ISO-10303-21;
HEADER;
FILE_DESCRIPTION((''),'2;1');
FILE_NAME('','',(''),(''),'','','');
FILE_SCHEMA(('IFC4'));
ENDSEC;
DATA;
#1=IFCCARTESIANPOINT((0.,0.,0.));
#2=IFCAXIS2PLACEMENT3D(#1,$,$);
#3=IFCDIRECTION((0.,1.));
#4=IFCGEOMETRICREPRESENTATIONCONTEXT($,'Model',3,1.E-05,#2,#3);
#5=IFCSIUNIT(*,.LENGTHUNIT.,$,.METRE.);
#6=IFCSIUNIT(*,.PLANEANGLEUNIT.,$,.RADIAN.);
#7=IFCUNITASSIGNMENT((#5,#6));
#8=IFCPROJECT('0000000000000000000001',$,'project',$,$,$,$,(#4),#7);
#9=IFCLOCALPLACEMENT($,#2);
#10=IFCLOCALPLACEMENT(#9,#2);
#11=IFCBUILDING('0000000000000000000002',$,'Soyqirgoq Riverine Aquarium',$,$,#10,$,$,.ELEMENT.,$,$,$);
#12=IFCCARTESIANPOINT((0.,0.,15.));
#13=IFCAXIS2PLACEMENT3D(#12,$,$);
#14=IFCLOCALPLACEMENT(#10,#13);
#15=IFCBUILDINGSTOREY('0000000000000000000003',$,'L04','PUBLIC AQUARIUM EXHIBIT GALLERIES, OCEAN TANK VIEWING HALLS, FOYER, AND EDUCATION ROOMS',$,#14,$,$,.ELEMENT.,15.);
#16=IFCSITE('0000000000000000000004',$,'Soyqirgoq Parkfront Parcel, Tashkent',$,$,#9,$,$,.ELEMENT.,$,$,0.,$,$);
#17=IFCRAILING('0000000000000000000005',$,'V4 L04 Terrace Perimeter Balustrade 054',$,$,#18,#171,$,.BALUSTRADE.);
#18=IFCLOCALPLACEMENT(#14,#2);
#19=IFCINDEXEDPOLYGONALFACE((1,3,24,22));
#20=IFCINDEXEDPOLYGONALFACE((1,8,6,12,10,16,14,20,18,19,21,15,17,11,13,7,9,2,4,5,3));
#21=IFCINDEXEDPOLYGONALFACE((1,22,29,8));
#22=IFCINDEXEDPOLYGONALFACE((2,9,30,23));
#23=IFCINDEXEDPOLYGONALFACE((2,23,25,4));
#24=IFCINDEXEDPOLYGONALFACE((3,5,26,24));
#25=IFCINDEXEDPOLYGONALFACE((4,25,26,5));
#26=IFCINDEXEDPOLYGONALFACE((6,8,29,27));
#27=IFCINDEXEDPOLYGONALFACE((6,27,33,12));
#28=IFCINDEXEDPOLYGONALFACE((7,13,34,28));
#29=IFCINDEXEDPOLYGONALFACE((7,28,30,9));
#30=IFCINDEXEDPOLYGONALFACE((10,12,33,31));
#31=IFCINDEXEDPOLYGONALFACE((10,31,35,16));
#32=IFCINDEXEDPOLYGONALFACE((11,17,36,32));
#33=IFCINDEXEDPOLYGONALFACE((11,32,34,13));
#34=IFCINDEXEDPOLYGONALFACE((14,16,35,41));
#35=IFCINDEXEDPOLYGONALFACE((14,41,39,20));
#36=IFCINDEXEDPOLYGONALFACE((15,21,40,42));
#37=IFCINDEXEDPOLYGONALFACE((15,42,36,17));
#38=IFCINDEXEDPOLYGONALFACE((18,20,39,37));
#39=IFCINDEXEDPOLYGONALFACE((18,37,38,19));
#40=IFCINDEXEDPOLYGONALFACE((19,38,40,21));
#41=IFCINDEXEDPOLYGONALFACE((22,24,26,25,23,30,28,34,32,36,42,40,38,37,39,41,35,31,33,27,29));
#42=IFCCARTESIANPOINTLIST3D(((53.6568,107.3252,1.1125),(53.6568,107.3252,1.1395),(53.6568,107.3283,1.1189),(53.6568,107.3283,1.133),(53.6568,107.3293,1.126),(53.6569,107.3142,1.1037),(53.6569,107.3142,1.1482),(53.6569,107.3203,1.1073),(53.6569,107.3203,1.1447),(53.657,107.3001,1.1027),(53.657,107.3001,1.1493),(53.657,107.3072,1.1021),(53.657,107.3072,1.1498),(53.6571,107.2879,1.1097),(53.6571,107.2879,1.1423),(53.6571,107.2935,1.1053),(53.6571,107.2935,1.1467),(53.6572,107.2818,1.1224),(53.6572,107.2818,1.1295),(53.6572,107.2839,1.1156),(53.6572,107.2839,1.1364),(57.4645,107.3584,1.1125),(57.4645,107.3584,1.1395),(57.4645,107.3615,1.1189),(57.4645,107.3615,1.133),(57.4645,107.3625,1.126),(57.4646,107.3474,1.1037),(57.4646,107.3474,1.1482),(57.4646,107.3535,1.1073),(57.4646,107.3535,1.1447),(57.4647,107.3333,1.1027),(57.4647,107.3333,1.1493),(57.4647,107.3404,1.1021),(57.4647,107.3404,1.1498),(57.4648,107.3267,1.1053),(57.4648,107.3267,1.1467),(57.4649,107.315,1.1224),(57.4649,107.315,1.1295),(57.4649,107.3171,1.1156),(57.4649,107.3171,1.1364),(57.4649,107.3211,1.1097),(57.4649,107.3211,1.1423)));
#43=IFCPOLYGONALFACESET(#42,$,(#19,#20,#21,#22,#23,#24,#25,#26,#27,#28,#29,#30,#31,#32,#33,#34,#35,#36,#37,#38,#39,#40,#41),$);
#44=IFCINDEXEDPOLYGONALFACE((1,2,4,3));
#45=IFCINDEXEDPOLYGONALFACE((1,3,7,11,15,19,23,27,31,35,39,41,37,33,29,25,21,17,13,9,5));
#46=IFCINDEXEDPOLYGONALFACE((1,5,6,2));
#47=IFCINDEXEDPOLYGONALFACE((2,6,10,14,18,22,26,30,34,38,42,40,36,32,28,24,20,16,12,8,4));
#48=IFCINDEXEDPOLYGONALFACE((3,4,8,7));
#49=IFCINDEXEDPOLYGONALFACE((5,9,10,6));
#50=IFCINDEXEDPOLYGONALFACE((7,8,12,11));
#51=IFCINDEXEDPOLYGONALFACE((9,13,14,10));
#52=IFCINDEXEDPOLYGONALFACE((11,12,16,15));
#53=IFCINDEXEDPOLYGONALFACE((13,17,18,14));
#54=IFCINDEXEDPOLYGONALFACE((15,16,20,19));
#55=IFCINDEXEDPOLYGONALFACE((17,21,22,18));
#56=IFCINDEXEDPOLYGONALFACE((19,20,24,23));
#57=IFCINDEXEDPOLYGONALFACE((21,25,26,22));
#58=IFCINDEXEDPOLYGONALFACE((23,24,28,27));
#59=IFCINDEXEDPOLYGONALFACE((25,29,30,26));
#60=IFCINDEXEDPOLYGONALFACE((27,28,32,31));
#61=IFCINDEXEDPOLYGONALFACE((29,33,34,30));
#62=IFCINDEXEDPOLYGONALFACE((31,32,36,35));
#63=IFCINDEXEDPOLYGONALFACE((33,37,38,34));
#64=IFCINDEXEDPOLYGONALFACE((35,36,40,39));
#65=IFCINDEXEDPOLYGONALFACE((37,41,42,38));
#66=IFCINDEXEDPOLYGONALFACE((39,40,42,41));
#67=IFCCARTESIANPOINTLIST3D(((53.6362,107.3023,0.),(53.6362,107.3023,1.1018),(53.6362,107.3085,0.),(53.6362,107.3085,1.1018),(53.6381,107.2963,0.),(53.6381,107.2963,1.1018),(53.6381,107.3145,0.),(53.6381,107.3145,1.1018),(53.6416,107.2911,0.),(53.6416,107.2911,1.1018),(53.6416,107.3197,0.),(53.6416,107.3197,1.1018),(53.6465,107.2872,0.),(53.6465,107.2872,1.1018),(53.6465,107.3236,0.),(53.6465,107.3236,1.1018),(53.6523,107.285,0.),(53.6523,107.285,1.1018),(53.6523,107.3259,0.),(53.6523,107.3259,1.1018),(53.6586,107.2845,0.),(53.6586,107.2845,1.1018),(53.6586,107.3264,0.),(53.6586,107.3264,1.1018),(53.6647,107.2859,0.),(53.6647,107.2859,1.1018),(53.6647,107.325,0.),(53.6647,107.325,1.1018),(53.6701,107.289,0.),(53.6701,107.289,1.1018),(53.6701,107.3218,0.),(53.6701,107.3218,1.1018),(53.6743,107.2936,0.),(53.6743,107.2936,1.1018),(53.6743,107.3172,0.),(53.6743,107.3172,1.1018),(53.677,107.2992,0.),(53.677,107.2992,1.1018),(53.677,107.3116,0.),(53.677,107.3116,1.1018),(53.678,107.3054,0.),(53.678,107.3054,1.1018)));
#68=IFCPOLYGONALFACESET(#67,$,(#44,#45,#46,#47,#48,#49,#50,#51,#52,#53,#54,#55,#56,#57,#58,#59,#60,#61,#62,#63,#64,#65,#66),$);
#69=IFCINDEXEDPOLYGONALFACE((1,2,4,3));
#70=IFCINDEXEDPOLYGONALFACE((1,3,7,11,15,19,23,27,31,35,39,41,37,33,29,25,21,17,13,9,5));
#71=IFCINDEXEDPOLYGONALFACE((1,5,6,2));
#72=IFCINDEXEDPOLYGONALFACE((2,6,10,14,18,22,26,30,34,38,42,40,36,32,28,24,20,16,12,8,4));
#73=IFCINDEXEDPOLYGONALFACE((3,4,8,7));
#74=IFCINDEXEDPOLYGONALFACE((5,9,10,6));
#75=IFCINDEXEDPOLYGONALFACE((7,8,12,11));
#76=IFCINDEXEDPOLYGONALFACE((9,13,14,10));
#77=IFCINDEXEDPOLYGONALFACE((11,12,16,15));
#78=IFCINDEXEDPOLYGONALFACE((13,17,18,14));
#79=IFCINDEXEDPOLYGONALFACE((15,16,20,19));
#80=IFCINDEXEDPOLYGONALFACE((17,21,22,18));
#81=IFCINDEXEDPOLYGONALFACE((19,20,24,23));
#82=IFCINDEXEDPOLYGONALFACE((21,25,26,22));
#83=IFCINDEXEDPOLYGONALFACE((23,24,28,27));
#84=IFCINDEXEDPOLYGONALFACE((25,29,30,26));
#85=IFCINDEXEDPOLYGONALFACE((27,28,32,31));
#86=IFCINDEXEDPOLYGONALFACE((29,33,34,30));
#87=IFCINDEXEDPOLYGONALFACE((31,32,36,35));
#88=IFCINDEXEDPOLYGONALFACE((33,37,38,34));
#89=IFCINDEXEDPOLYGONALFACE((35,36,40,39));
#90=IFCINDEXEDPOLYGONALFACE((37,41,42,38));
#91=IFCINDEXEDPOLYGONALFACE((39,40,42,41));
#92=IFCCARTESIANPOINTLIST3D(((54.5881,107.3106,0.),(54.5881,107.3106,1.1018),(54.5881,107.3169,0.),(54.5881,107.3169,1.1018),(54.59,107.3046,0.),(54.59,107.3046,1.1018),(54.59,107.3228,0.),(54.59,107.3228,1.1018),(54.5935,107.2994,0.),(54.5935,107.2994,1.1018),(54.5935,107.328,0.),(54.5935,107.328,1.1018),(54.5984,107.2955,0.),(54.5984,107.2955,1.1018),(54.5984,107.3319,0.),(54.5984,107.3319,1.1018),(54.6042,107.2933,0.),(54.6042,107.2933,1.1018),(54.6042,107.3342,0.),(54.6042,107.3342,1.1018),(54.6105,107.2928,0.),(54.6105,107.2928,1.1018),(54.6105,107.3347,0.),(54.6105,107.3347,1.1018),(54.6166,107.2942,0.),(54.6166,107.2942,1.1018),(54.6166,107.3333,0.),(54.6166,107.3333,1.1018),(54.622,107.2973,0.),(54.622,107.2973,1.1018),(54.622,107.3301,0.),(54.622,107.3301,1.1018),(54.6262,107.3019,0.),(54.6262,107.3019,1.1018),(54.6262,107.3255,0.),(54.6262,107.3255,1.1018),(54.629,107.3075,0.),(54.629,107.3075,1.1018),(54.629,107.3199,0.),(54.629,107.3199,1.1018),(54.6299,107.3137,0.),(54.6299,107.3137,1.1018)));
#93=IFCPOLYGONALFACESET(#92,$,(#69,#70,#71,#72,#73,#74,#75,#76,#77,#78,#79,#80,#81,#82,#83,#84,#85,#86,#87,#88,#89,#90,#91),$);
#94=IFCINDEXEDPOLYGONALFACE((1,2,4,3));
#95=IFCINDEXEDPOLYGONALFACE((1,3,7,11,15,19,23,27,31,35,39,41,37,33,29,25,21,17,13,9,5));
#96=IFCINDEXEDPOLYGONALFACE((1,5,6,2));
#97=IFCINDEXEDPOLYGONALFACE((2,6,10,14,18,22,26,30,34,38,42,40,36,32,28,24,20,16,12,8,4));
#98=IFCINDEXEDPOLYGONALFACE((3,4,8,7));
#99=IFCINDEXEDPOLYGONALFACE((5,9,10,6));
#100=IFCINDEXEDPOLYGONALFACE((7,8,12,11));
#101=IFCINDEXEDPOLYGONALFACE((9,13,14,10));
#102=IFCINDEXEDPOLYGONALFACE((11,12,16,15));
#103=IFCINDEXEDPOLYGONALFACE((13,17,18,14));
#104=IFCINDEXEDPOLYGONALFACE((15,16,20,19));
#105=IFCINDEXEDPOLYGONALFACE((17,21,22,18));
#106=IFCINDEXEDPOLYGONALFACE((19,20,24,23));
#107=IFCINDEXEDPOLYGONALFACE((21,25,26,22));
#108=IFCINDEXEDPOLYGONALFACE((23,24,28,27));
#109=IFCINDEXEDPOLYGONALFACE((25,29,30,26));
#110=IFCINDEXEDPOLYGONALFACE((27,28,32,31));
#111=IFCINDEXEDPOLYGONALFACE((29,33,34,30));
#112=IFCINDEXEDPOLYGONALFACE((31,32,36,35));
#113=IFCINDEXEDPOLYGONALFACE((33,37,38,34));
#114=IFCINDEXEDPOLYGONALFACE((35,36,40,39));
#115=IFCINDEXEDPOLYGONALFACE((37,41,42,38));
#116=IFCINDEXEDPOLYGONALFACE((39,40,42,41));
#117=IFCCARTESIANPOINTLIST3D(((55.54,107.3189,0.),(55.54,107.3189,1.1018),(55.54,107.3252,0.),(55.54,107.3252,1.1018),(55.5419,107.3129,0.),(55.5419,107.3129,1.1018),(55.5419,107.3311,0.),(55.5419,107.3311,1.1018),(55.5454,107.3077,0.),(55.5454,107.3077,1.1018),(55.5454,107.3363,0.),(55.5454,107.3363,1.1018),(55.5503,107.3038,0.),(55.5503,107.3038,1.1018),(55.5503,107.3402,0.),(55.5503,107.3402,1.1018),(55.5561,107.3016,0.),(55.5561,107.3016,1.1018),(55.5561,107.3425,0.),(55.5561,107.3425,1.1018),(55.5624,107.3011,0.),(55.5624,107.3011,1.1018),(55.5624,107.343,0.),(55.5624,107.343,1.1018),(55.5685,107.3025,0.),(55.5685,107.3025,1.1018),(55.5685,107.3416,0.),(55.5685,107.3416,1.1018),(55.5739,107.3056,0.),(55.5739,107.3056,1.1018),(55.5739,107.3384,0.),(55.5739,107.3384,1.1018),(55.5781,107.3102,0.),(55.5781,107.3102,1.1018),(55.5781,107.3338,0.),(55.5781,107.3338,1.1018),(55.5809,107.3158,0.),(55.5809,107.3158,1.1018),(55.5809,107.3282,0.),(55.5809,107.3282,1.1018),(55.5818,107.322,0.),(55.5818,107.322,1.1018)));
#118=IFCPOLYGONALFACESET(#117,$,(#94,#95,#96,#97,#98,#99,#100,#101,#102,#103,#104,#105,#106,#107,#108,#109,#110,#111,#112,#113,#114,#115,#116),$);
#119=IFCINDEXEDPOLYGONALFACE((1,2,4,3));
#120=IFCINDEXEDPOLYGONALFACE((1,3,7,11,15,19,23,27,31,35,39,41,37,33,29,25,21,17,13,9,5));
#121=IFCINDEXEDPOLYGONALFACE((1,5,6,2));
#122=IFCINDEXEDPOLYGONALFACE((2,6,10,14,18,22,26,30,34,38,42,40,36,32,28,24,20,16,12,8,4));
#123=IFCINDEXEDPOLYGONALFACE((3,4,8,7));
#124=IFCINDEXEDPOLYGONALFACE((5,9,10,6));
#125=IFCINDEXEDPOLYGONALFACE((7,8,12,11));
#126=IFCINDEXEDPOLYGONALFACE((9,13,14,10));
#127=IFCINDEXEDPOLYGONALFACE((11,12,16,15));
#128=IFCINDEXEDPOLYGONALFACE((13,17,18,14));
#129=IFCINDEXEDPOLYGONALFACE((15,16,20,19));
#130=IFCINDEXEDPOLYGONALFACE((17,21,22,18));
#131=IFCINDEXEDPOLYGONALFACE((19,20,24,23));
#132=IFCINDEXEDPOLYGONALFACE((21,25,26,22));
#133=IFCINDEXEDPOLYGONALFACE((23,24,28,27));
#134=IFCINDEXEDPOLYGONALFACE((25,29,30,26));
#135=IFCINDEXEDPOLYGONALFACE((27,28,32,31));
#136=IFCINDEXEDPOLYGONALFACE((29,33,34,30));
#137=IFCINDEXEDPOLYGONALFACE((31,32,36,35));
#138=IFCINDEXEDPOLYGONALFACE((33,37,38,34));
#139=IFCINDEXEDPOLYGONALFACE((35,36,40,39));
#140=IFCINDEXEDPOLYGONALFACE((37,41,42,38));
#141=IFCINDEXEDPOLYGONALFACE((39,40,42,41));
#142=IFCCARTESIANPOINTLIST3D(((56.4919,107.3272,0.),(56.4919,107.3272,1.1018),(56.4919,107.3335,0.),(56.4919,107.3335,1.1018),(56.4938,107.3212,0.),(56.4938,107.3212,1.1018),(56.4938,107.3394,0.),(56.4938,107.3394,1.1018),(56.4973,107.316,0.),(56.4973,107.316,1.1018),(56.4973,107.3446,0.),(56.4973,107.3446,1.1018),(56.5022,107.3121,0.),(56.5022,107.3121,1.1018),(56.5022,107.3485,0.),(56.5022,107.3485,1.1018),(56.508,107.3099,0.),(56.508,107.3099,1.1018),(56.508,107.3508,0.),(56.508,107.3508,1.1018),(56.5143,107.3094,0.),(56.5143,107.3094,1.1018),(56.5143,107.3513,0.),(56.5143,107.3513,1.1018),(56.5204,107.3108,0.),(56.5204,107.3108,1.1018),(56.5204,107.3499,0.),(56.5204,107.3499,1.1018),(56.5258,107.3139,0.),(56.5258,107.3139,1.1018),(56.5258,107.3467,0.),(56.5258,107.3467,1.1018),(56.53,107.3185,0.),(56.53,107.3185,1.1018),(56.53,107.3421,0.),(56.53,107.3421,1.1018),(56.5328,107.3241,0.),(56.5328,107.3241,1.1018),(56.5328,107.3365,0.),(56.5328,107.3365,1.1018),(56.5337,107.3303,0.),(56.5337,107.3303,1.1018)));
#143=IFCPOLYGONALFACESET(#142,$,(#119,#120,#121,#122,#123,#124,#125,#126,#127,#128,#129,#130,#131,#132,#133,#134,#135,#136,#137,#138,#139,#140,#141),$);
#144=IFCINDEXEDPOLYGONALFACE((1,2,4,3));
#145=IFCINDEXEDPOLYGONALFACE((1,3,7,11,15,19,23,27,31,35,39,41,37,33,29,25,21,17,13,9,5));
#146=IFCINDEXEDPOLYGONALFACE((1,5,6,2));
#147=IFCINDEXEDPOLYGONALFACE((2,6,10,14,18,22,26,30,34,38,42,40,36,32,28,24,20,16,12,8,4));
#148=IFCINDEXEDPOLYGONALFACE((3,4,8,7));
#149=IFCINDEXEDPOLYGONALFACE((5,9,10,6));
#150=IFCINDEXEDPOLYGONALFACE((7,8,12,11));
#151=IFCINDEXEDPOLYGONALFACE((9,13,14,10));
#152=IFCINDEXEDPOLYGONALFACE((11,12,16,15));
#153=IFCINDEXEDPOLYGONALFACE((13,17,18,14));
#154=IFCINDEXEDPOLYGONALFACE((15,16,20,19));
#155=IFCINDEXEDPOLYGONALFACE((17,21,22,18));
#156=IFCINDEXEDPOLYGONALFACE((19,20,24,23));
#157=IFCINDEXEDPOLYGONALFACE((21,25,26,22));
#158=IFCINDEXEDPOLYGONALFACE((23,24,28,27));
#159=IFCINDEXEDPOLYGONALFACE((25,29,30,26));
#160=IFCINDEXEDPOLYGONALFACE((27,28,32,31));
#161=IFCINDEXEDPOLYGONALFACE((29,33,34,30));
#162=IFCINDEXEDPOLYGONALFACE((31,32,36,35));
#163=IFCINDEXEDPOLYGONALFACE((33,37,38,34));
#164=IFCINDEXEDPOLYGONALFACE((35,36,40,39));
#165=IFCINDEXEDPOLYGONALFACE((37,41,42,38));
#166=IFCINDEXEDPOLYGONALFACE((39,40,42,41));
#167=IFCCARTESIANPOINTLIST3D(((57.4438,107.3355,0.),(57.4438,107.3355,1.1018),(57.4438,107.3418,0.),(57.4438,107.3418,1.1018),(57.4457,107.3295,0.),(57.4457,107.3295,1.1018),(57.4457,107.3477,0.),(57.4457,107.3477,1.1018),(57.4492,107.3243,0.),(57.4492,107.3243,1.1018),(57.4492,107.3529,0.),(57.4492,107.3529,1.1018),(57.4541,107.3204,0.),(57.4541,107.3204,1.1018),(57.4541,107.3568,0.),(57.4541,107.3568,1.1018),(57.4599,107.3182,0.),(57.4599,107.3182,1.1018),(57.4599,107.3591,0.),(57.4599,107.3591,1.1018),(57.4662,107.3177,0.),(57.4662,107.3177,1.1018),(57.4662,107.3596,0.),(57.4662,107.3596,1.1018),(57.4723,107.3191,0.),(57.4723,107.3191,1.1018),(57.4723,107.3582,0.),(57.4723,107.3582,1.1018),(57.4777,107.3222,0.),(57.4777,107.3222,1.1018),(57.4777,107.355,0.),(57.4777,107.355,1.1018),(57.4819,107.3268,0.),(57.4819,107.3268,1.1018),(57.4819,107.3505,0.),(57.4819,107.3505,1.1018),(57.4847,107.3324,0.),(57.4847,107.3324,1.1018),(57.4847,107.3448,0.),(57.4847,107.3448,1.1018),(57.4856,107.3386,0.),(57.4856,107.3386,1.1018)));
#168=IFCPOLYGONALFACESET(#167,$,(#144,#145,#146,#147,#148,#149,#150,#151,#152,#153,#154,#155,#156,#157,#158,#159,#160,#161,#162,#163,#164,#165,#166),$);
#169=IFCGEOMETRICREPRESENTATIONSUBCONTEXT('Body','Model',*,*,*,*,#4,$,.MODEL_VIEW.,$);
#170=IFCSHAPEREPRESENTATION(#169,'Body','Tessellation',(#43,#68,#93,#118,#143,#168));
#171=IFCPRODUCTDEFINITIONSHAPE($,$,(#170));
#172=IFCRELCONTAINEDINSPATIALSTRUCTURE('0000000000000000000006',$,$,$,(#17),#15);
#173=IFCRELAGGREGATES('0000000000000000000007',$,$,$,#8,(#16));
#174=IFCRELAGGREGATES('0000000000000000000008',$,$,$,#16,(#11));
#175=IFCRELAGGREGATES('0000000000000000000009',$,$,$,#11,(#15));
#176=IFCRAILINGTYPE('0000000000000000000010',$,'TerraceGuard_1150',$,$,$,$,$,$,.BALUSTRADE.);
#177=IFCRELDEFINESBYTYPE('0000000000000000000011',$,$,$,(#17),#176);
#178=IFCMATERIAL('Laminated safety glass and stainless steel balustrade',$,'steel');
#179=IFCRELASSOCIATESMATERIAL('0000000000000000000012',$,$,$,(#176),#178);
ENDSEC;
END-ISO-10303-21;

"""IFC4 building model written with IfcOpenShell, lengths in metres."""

from ifc_helpers import new_model, si_unit, direction, frame, origin, origin_2d, place, context, subcontext, project, spatial, circle, extrude, material, type_object, element, save


model = new_model("IFC4")

# Units and contexts
model_context = context("Model", 3, precision=1e-05, world=origin(), true_north=direction((0.0, 1.0)))
body_context = subcontext(model_context, "Body", "Model", "MODEL_VIEW")
ifc_project = project(units=[si_unit("LENGTHUNIT", "METRE"), si_unit("PLANEANGLEUNIT", "RADIAN")], contexts=[model_context])

# Site, building, storey
site_placement = place(None, origin())
site = spatial("IfcSite", under=ifc_project, at=site_placement, Name="Soyqirgoq Parkfront Parcel, Tashkent", CompositionType="ELEMENT", RefElevation=0.0)
building_placement = place(site_placement, origin())
building = spatial("IfcBuilding", under=site, at=building_placement, Name="Soyqirgoq Riverine Aquarium", CompositionType="ELEMENT")
storey_placement = place(building_placement, frame((0.0, 0.0, 15.0)))
storey = spatial("IfcBuildingStorey", under=building, at=storey_placement, Name="L04", Description="PUBLIC AQUARIUM EXHIBIT GALLERIES, OCEAN TANK VIEWING HALLS, FOYER, AND EDUCATION ROOMS", CompositionType="ELEMENT", Elevation=15.0)

# Railing
ifc_material_1 = material(Name="Laminated safety glass and stainless steel balustrade", Category="steel")
railing_type = type_object("IfcRailingType", Name="TerraceGuard_1150", PredefinedType="BALUSTRADE", material=ifc_material_1)
railing_1_placement = place(storey_placement, frame((53.657, 107.3054, 0.0)))
element("IfcRailing", 1, at=railing_1_placement, inside=storey, type_object=railing_type, Name="V4 L04 Terrace Perimeter Balustrade 054", PredefinedType="BALUSTRADE", context=body_context, shape_type="SweptSolid", body=[
    extrude(circle(Radius=0.0239, at=origin_2d()), frame((0.0, 0.0, 1.126), z_axis=(0.999962, 0.00872, 0.0), x_axis=(-0.00872, 0.999962, 0.0)), (0.0, 0.0, 1.0), 3.8079),
    extrude(circle(Radius=0.021, at=origin_2d()), origin(), (0.0, 0.0, 1.0), 1.1018),
    extrude(circle(Radius=0.021, at=origin_2d()), frame((0.9519, 0.0083, 0.0)), (0.0, 0.0, 1.0), 1.1018),
    extrude(circle(Radius=0.021, at=origin_2d()), frame((1.9038, 0.0166, 0.0)), (0.0, 0.0, 1.0), 1.1018),
    extrude(circle(Radius=0.021, at=origin_2d()), frame((2.8557, 0.0249, 0.0)), (0.0, 0.0, 1.0), 1.1018),
    extrude(circle(Radius=0.021, at=origin_2d()), frame((3.8076, 0.0332, 0.0)), (0.0, 0.0, 1.0), 1.1018),
])

save(model, "model.ifc")
